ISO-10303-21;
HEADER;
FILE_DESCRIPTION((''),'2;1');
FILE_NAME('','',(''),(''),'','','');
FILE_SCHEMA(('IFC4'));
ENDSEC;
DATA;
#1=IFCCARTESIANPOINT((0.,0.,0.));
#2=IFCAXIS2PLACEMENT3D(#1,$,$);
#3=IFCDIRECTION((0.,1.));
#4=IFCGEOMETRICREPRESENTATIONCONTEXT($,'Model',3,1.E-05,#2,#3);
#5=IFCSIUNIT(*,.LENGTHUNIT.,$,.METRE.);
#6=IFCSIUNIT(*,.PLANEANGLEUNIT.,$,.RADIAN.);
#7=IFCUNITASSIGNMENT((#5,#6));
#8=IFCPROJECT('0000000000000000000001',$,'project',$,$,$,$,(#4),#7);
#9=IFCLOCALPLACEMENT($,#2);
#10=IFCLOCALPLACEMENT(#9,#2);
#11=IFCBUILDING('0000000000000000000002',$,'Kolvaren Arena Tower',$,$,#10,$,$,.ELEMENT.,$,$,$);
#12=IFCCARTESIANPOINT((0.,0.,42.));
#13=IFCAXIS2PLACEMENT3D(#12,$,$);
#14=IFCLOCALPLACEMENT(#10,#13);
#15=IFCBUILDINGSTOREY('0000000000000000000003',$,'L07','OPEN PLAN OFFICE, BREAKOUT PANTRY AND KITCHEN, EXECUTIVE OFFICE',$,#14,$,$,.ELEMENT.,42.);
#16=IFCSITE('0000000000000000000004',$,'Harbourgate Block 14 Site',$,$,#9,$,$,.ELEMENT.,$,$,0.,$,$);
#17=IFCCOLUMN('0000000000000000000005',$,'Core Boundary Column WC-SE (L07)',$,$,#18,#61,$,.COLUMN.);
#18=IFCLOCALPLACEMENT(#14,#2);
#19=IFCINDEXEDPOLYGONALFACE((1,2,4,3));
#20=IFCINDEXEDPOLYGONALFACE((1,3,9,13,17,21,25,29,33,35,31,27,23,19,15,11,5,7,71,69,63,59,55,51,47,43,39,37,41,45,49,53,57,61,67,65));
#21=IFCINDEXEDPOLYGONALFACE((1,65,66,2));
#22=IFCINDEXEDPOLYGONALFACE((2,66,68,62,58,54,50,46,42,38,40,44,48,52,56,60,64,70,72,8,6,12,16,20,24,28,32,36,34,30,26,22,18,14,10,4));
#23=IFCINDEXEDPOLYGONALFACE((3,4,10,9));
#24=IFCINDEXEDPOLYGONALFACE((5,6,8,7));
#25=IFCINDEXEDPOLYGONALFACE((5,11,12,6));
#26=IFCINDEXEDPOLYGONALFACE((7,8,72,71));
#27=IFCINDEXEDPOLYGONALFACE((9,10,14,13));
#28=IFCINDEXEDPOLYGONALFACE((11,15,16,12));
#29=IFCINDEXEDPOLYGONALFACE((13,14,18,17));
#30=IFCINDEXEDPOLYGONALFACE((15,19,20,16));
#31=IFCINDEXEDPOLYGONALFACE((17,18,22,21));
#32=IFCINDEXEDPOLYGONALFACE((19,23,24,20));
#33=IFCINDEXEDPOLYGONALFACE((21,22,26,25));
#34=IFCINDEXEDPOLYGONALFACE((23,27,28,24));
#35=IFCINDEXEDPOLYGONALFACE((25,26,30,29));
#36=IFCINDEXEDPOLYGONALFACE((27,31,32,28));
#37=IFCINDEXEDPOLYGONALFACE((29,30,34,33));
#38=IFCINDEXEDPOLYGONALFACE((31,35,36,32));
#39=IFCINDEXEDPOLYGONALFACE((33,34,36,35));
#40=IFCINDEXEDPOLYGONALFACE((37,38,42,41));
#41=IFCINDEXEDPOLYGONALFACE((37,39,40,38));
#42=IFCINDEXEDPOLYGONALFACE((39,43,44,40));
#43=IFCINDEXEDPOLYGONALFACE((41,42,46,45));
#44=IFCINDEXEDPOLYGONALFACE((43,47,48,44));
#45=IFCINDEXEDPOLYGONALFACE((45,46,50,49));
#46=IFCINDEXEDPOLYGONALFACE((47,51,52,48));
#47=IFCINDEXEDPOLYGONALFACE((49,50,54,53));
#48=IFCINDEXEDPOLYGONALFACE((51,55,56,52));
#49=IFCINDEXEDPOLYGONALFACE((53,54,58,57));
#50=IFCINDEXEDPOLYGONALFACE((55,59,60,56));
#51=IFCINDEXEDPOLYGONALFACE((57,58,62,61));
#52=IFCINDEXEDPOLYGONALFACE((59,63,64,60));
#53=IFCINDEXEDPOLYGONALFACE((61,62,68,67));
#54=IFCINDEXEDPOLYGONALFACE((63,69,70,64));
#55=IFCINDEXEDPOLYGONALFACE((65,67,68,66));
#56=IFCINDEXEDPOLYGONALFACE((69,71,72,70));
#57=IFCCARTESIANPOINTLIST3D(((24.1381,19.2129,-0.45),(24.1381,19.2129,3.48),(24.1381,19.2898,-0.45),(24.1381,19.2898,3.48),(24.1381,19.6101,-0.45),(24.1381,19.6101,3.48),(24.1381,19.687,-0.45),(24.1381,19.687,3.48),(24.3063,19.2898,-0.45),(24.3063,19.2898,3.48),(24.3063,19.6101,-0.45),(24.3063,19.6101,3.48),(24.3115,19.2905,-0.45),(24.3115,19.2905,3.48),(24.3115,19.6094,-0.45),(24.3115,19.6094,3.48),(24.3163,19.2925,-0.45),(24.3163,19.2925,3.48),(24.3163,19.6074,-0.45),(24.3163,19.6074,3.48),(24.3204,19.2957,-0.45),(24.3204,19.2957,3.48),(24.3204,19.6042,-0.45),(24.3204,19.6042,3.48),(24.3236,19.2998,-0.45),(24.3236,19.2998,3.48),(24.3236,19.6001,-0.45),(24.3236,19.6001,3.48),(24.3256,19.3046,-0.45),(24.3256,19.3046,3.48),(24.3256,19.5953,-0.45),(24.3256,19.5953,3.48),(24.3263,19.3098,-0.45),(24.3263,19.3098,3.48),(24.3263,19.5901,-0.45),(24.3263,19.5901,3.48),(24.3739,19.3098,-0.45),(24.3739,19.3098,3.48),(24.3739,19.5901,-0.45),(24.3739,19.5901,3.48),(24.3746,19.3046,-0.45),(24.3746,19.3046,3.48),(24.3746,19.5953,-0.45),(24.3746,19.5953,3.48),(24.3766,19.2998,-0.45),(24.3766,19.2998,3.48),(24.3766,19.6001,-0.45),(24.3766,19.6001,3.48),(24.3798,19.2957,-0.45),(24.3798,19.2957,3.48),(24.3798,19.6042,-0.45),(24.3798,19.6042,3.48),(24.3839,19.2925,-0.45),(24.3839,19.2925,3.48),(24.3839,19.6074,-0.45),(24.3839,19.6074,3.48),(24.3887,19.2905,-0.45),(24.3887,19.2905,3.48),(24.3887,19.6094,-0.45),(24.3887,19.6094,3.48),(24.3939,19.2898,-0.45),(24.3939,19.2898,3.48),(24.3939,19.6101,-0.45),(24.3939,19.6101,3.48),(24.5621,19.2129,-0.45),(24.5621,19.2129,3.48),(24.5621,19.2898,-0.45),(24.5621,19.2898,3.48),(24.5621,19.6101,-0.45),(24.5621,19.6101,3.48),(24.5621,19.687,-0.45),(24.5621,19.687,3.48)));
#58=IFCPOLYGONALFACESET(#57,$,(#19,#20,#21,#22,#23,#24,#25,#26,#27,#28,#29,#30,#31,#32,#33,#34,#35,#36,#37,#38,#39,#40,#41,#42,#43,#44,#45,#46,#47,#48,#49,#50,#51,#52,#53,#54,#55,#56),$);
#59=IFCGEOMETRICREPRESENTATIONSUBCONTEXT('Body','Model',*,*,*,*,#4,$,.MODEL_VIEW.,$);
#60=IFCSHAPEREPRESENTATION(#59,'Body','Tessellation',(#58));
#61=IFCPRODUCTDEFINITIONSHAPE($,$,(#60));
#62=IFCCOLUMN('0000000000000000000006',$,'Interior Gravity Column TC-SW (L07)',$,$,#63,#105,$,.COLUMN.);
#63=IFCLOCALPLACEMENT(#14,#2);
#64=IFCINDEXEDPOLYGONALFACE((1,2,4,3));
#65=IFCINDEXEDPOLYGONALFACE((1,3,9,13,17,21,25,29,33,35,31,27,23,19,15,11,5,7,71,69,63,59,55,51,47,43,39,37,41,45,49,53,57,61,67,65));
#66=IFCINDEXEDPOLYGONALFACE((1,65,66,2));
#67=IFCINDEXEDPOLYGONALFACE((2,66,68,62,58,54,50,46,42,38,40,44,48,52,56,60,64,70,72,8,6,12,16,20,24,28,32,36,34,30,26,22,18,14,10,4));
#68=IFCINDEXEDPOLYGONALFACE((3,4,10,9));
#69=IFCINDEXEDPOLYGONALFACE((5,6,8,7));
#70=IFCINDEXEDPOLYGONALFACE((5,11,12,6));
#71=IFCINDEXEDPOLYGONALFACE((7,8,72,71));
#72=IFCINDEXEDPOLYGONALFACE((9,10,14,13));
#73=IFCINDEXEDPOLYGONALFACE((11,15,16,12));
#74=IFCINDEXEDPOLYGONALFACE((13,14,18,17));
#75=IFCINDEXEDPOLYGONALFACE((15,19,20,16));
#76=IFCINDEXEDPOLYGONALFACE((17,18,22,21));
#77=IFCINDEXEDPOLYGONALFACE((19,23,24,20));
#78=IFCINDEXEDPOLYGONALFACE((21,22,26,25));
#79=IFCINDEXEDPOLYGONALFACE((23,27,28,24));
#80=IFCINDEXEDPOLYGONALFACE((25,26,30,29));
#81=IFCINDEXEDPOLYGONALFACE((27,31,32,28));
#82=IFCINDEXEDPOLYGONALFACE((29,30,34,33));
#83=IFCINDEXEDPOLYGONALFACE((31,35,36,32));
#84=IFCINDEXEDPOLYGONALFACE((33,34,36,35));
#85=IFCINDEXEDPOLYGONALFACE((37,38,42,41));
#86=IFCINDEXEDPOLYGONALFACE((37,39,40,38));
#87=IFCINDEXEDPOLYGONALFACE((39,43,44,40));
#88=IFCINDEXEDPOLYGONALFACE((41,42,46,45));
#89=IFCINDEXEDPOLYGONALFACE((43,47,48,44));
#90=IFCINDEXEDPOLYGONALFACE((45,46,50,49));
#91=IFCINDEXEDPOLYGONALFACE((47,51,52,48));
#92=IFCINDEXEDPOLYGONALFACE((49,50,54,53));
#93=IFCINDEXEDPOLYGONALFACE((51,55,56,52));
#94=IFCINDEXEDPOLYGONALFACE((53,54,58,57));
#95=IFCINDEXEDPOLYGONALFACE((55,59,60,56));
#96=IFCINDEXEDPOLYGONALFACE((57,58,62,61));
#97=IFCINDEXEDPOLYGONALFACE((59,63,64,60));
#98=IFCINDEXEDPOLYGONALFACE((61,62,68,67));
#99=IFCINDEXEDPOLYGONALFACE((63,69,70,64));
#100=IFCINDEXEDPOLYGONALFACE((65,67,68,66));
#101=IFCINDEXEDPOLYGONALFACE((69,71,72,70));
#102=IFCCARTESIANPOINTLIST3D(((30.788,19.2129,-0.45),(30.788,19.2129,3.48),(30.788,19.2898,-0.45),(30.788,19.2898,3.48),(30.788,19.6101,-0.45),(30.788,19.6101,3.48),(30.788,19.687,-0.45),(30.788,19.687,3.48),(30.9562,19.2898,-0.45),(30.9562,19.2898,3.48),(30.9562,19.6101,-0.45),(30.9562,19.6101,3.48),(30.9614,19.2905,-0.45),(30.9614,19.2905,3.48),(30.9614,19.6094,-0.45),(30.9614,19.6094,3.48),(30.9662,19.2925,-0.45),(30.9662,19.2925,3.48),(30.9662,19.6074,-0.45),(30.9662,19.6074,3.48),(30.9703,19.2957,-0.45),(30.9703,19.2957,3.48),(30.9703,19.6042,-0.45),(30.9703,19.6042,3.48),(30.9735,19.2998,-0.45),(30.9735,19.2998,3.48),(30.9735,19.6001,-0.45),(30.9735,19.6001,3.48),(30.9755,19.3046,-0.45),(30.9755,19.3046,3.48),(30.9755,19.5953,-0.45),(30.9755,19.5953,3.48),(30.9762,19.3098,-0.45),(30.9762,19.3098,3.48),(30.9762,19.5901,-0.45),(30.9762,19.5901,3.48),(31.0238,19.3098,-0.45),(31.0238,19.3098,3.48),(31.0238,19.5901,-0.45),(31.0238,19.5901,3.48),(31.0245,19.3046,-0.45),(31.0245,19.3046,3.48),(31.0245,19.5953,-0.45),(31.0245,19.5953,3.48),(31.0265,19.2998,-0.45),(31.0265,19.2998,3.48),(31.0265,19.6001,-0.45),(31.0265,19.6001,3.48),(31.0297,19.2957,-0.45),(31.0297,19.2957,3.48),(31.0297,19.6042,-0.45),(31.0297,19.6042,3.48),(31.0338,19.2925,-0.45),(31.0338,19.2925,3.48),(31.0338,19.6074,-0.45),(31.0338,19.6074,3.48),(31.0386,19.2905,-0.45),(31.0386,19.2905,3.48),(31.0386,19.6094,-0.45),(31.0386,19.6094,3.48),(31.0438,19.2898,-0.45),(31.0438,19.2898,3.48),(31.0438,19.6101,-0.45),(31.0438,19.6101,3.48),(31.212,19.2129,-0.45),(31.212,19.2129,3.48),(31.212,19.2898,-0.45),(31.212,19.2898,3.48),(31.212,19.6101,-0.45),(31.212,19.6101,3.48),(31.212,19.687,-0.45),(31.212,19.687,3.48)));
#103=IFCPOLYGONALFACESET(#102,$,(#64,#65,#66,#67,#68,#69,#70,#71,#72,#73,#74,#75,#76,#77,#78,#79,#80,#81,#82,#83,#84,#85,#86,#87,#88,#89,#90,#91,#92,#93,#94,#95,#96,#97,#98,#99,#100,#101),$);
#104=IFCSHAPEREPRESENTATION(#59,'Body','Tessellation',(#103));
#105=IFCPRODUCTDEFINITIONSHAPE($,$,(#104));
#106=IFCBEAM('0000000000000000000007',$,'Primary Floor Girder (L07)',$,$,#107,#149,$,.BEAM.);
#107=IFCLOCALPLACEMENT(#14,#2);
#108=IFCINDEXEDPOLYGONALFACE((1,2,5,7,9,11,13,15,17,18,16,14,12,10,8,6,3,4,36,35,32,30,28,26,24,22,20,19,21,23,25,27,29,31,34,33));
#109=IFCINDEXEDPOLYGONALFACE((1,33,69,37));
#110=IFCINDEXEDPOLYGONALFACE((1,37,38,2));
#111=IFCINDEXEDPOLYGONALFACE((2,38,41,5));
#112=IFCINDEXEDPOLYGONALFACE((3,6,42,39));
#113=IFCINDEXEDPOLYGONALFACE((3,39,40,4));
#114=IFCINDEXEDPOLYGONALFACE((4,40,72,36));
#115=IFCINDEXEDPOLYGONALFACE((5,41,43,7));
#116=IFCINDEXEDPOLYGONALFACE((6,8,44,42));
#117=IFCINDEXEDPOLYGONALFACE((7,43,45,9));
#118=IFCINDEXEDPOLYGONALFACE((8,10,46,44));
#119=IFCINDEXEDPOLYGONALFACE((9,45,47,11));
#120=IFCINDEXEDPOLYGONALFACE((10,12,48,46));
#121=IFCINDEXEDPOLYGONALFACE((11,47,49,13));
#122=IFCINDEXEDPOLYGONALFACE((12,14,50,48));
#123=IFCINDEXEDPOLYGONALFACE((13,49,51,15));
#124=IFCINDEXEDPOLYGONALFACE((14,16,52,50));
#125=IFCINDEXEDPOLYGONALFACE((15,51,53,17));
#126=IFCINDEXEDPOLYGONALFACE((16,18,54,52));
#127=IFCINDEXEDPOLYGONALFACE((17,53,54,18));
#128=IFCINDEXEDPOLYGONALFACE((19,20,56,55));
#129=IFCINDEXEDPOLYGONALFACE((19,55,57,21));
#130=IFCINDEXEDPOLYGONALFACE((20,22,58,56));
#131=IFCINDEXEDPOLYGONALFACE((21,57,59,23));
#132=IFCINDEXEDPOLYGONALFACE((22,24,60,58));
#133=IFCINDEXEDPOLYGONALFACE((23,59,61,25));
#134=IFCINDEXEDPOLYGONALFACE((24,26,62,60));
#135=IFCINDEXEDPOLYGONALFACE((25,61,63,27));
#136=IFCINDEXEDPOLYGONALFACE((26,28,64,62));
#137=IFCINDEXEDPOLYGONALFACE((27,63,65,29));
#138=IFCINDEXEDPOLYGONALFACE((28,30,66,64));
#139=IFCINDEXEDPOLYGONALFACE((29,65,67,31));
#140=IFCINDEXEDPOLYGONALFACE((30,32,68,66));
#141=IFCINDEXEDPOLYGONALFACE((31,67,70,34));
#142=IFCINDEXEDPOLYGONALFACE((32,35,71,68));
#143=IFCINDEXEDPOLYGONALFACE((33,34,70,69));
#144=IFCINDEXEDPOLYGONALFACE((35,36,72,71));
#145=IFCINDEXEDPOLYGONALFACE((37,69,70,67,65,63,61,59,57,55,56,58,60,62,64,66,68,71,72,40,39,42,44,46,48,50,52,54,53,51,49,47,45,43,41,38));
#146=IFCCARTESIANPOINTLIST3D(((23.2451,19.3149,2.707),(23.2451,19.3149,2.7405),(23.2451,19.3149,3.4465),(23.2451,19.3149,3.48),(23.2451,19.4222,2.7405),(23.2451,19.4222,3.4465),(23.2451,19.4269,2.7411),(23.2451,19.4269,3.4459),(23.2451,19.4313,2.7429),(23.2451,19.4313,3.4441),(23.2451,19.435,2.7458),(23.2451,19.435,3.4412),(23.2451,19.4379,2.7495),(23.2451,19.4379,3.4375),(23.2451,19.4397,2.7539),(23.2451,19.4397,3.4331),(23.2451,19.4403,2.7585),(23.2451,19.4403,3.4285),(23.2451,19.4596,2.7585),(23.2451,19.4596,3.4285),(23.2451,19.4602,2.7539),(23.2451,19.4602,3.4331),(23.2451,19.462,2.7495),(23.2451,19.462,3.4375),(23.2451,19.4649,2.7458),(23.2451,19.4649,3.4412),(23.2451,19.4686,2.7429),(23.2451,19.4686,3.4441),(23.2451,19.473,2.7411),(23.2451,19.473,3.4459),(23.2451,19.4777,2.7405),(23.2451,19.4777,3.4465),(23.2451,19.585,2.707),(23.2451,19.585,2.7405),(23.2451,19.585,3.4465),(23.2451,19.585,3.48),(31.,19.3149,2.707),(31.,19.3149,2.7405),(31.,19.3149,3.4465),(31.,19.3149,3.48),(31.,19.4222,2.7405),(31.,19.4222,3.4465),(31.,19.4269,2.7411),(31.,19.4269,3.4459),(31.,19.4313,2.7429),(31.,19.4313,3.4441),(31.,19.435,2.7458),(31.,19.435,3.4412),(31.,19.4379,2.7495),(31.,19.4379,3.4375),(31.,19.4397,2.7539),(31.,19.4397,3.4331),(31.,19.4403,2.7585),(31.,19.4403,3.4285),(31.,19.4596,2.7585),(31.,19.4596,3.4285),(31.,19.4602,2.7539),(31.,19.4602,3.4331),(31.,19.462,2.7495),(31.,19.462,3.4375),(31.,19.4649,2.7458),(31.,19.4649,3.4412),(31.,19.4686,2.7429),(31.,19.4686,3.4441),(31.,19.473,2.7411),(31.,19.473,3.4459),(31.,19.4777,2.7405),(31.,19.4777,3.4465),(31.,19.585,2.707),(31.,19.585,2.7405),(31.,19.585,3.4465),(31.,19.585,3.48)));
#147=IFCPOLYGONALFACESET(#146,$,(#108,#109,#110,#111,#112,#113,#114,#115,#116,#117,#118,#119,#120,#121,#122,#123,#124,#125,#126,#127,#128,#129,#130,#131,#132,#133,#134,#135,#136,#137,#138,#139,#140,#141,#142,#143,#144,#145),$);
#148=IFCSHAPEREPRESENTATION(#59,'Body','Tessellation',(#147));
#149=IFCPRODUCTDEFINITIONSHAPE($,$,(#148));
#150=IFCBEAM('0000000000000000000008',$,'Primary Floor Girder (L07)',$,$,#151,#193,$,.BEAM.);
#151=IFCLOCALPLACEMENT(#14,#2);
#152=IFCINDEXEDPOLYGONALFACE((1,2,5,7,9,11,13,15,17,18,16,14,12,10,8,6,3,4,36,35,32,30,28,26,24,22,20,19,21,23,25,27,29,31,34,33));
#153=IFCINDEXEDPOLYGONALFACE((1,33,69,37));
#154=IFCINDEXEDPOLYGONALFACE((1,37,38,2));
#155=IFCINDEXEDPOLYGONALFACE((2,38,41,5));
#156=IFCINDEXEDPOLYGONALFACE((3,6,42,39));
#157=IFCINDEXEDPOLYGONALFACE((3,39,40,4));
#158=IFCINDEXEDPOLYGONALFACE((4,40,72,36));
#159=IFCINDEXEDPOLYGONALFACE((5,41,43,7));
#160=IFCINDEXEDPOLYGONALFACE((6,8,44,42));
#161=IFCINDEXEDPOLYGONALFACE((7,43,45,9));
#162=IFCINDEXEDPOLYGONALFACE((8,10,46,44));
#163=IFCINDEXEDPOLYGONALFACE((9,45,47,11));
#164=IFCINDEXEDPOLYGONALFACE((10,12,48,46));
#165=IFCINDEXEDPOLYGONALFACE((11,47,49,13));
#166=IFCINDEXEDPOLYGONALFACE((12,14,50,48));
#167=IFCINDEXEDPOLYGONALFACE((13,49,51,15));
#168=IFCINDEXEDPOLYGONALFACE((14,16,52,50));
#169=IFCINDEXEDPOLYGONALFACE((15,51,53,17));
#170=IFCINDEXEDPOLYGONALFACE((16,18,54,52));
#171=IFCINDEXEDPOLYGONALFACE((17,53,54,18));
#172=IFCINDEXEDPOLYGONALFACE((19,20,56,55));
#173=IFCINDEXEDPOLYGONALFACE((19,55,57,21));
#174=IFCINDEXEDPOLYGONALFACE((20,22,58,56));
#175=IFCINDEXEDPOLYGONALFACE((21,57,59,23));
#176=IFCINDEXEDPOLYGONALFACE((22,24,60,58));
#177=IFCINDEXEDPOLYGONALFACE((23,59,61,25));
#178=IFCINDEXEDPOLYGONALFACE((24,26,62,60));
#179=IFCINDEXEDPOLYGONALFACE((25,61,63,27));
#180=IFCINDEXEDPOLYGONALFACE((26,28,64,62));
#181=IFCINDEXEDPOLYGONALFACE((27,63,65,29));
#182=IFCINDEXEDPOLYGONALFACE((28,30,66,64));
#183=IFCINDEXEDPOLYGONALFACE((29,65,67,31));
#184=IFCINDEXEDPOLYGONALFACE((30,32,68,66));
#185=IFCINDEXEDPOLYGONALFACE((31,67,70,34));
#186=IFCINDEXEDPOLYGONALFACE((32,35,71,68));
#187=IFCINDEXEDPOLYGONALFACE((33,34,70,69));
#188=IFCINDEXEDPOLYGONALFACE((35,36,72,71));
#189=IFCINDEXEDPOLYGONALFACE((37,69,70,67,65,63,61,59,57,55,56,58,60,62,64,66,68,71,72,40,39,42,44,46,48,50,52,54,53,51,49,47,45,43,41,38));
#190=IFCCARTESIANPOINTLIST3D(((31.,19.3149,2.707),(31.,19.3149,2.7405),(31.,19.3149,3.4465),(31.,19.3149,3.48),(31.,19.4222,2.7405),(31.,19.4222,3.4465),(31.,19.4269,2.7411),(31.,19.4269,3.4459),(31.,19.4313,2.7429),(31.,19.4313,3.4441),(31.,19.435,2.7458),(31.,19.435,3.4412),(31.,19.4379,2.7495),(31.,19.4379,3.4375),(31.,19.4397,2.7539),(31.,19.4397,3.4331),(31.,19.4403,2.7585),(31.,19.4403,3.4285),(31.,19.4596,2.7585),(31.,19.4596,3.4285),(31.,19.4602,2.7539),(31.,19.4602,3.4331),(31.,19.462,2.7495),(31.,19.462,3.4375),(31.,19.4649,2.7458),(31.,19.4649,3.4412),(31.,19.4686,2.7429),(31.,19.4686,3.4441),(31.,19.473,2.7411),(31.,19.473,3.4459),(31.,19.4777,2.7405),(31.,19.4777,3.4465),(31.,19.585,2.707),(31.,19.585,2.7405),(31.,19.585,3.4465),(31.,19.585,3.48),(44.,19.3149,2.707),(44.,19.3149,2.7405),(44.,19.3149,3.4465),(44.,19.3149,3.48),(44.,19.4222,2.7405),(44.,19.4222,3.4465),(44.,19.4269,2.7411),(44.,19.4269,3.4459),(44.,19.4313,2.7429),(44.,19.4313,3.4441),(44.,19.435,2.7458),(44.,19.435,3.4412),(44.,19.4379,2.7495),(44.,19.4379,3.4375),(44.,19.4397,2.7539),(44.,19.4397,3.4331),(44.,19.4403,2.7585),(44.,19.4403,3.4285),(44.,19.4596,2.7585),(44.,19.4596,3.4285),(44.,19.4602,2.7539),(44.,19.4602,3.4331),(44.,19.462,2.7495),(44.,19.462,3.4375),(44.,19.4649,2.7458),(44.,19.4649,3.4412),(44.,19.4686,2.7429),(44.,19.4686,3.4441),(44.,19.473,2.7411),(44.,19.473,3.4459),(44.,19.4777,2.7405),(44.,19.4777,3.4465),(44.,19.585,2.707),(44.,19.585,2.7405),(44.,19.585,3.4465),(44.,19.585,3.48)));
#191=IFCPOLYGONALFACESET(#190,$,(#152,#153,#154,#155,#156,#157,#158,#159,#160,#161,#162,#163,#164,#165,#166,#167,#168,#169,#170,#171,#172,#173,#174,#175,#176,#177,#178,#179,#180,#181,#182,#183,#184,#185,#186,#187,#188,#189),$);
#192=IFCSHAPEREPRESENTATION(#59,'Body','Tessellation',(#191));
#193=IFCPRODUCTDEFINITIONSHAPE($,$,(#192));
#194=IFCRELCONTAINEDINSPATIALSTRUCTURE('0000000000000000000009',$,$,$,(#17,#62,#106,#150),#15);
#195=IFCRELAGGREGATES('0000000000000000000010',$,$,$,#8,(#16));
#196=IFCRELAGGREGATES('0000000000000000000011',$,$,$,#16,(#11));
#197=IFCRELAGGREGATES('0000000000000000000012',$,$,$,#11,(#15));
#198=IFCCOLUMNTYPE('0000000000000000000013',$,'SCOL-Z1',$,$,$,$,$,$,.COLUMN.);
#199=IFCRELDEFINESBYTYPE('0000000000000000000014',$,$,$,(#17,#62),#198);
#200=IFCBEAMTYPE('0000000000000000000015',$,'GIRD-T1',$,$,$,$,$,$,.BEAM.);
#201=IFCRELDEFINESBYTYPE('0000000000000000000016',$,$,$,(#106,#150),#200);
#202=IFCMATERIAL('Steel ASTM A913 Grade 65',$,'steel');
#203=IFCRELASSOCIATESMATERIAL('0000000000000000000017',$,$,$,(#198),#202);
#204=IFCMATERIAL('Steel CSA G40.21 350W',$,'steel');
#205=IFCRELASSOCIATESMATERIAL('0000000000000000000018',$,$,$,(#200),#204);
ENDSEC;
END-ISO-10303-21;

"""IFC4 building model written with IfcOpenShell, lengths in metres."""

from ifc_helpers import new_model, si_unit, direction, frame, origin, origin_2d, place, context, subcontext, project, spatial, i_section, extrude, material, material_profile, profile_set, type_object, element, save


model = new_model("IFC4")

# Units and contexts
model_context = context("Model", 3, precision=1e-05, world=origin(), true_north=direction((0.0, 1.0)))
body_context = subcontext(model_context, "Body", "Model", "MODEL_VIEW")
ifc_project = project(units=[si_unit("LENGTHUNIT", "METRE"), si_unit("PLANEANGLEUNIT", "RADIAN")], contexts=[model_context])

# Site, building, storey
site_placement = place(None, origin())
site = spatial("IfcSite", under=ifc_project, at=site_placement, Name="Harbourgate Block 14 Site", CompositionType="ELEMENT", RefElevation=0.0)
building_placement = place(site_placement, origin())
building = spatial("IfcBuilding", under=site, at=building_placement, Name="Kolvaren Arena Tower", CompositionType="ELEMENT")
storey_placement = place(building_placement, frame((0.0, 0.0, 42.0)))
storey = spatial("IfcBuildingStorey", under=building, at=storey_placement, Name="L07", Description="OPEN PLAN OFFICE, BREAKOUT PANTRY AND KITCHEN, EXECUTIVE OFFICE", CompositionType="ELEMENT", Elevation=42.0)

# Columns
ifc_material_1 = material(Name="Steel ASTM A913 Grade 65", Category="steel")
ifc_material_profile_1 = material_profile(ifc_material_1, i_section(OverallWidth=0.4241, OverallDepth=0.4741, WebThickness=0.0476, FlangeThickness=0.0769, FilletRadius=0.02, at=origin_2d()), Name="W360x634")
ifc_profile_set_1 = profile_set([ifc_material_profile_1], Name="Steel ASTM A913 Grade 65")
column_type = type_object("IfcColumnType", Name="SCOL-Z1", PredefinedType="COLUMN", material=ifc_profile_set_1)
for number, where, z_axis, x_axis, name in (
    (1, (24.3501, 19.45, -0.45), (0.0, 0.0, 1.0), (1.0, 0.0, 0.0), "Core Boundary Column WC-SE (L07)"),
    (2, (31.0, 19.45, -0.45), (0.0, 0.0, 1.0), (1.0, 0.0, 0.0), "Interior Gravity Column TC-SW (L07)"),
):
    element("IfcColumn", number, at=place(storey_placement, frame(where, z_axis=z_axis, x_axis=x_axis)), inside=storey, type_object=column_type, Name=name, PredefinedType="COLUMN", context=body_context, shape_type="SweptSolid", body=[
        extrude(i_section(OverallWidth=0.4241, OverallDepth=0.4741, WebThickness=0.0476, FlangeThickness=0.0769, FilletRadius=0.02, at=origin_2d()), origin(), (0.0, 0.0, 1.0), 3.9299),
    ])

# Beams
ifc_material_2 = material(Name="Steel CSA G40.21 350W", Category="steel")
ifc_material_profile_2 = material_profile(ifc_material_2, i_section(OverallWidth=0.27, OverallDepth=0.7729, WebThickness=0.0193, FlangeThickness=0.0334, FilletRadius=0.0181, at=origin_2d()), Name="W760x257")
ifc_profile_set_2 = profile_set([ifc_material_profile_2], Name="Steel CSA G40.21 350W")
beam_type_1 = type_object("IfcBeamType", Name="GIRD-T1", PredefinedType="BEAM", material=ifc_profile_set_2)
beam_1_placement = place(storey_placement, frame((23.2451, 19.45, 3.0935), z_axis=(1.0, 0.0, 0.0), x_axis=(0.0, 1.0, 0.0)))
element("IfcBeam", 3, at=beam_1_placement, inside=storey, type_object=beam_type_1, Name="Primary Floor Girder (L07)", PredefinedType="BEAM", context=body_context, shape_type="SweptSolid", body=[
    extrude(i_section(OverallWidth=0.27, OverallDepth=0.7729, WebThickness=0.0193, FlangeThickness=0.0334, FilletRadius=0.0181, at=origin_2d()), origin(), (0.0, 0.0, 1.0), 7.7549),
])
beam_2_placement = place(storey_placement, frame((31.0, 19.45, 3.0935), z_axis=(1.0, 0.0, 0.0), x_axis=(0.0, 1.0, 0.0)))
element("IfcBeam", 4, at=beam_2_placement, inside=storey, type_object=beam_type_1, Name="Primary Floor Girder (L07)", PredefinedType="BEAM", context=body_context, shape_type="SweptSolid", body=[
    extrude(i_section(OverallWidth=0.27, OverallDepth=0.7729, WebThickness=0.0193, FlangeThickness=0.0334, FilletRadius=0.0181, at=origin_2d()), origin(), (0.0, 0.0, 1.0), 13.0),
])

save(model, "model.ifc")
